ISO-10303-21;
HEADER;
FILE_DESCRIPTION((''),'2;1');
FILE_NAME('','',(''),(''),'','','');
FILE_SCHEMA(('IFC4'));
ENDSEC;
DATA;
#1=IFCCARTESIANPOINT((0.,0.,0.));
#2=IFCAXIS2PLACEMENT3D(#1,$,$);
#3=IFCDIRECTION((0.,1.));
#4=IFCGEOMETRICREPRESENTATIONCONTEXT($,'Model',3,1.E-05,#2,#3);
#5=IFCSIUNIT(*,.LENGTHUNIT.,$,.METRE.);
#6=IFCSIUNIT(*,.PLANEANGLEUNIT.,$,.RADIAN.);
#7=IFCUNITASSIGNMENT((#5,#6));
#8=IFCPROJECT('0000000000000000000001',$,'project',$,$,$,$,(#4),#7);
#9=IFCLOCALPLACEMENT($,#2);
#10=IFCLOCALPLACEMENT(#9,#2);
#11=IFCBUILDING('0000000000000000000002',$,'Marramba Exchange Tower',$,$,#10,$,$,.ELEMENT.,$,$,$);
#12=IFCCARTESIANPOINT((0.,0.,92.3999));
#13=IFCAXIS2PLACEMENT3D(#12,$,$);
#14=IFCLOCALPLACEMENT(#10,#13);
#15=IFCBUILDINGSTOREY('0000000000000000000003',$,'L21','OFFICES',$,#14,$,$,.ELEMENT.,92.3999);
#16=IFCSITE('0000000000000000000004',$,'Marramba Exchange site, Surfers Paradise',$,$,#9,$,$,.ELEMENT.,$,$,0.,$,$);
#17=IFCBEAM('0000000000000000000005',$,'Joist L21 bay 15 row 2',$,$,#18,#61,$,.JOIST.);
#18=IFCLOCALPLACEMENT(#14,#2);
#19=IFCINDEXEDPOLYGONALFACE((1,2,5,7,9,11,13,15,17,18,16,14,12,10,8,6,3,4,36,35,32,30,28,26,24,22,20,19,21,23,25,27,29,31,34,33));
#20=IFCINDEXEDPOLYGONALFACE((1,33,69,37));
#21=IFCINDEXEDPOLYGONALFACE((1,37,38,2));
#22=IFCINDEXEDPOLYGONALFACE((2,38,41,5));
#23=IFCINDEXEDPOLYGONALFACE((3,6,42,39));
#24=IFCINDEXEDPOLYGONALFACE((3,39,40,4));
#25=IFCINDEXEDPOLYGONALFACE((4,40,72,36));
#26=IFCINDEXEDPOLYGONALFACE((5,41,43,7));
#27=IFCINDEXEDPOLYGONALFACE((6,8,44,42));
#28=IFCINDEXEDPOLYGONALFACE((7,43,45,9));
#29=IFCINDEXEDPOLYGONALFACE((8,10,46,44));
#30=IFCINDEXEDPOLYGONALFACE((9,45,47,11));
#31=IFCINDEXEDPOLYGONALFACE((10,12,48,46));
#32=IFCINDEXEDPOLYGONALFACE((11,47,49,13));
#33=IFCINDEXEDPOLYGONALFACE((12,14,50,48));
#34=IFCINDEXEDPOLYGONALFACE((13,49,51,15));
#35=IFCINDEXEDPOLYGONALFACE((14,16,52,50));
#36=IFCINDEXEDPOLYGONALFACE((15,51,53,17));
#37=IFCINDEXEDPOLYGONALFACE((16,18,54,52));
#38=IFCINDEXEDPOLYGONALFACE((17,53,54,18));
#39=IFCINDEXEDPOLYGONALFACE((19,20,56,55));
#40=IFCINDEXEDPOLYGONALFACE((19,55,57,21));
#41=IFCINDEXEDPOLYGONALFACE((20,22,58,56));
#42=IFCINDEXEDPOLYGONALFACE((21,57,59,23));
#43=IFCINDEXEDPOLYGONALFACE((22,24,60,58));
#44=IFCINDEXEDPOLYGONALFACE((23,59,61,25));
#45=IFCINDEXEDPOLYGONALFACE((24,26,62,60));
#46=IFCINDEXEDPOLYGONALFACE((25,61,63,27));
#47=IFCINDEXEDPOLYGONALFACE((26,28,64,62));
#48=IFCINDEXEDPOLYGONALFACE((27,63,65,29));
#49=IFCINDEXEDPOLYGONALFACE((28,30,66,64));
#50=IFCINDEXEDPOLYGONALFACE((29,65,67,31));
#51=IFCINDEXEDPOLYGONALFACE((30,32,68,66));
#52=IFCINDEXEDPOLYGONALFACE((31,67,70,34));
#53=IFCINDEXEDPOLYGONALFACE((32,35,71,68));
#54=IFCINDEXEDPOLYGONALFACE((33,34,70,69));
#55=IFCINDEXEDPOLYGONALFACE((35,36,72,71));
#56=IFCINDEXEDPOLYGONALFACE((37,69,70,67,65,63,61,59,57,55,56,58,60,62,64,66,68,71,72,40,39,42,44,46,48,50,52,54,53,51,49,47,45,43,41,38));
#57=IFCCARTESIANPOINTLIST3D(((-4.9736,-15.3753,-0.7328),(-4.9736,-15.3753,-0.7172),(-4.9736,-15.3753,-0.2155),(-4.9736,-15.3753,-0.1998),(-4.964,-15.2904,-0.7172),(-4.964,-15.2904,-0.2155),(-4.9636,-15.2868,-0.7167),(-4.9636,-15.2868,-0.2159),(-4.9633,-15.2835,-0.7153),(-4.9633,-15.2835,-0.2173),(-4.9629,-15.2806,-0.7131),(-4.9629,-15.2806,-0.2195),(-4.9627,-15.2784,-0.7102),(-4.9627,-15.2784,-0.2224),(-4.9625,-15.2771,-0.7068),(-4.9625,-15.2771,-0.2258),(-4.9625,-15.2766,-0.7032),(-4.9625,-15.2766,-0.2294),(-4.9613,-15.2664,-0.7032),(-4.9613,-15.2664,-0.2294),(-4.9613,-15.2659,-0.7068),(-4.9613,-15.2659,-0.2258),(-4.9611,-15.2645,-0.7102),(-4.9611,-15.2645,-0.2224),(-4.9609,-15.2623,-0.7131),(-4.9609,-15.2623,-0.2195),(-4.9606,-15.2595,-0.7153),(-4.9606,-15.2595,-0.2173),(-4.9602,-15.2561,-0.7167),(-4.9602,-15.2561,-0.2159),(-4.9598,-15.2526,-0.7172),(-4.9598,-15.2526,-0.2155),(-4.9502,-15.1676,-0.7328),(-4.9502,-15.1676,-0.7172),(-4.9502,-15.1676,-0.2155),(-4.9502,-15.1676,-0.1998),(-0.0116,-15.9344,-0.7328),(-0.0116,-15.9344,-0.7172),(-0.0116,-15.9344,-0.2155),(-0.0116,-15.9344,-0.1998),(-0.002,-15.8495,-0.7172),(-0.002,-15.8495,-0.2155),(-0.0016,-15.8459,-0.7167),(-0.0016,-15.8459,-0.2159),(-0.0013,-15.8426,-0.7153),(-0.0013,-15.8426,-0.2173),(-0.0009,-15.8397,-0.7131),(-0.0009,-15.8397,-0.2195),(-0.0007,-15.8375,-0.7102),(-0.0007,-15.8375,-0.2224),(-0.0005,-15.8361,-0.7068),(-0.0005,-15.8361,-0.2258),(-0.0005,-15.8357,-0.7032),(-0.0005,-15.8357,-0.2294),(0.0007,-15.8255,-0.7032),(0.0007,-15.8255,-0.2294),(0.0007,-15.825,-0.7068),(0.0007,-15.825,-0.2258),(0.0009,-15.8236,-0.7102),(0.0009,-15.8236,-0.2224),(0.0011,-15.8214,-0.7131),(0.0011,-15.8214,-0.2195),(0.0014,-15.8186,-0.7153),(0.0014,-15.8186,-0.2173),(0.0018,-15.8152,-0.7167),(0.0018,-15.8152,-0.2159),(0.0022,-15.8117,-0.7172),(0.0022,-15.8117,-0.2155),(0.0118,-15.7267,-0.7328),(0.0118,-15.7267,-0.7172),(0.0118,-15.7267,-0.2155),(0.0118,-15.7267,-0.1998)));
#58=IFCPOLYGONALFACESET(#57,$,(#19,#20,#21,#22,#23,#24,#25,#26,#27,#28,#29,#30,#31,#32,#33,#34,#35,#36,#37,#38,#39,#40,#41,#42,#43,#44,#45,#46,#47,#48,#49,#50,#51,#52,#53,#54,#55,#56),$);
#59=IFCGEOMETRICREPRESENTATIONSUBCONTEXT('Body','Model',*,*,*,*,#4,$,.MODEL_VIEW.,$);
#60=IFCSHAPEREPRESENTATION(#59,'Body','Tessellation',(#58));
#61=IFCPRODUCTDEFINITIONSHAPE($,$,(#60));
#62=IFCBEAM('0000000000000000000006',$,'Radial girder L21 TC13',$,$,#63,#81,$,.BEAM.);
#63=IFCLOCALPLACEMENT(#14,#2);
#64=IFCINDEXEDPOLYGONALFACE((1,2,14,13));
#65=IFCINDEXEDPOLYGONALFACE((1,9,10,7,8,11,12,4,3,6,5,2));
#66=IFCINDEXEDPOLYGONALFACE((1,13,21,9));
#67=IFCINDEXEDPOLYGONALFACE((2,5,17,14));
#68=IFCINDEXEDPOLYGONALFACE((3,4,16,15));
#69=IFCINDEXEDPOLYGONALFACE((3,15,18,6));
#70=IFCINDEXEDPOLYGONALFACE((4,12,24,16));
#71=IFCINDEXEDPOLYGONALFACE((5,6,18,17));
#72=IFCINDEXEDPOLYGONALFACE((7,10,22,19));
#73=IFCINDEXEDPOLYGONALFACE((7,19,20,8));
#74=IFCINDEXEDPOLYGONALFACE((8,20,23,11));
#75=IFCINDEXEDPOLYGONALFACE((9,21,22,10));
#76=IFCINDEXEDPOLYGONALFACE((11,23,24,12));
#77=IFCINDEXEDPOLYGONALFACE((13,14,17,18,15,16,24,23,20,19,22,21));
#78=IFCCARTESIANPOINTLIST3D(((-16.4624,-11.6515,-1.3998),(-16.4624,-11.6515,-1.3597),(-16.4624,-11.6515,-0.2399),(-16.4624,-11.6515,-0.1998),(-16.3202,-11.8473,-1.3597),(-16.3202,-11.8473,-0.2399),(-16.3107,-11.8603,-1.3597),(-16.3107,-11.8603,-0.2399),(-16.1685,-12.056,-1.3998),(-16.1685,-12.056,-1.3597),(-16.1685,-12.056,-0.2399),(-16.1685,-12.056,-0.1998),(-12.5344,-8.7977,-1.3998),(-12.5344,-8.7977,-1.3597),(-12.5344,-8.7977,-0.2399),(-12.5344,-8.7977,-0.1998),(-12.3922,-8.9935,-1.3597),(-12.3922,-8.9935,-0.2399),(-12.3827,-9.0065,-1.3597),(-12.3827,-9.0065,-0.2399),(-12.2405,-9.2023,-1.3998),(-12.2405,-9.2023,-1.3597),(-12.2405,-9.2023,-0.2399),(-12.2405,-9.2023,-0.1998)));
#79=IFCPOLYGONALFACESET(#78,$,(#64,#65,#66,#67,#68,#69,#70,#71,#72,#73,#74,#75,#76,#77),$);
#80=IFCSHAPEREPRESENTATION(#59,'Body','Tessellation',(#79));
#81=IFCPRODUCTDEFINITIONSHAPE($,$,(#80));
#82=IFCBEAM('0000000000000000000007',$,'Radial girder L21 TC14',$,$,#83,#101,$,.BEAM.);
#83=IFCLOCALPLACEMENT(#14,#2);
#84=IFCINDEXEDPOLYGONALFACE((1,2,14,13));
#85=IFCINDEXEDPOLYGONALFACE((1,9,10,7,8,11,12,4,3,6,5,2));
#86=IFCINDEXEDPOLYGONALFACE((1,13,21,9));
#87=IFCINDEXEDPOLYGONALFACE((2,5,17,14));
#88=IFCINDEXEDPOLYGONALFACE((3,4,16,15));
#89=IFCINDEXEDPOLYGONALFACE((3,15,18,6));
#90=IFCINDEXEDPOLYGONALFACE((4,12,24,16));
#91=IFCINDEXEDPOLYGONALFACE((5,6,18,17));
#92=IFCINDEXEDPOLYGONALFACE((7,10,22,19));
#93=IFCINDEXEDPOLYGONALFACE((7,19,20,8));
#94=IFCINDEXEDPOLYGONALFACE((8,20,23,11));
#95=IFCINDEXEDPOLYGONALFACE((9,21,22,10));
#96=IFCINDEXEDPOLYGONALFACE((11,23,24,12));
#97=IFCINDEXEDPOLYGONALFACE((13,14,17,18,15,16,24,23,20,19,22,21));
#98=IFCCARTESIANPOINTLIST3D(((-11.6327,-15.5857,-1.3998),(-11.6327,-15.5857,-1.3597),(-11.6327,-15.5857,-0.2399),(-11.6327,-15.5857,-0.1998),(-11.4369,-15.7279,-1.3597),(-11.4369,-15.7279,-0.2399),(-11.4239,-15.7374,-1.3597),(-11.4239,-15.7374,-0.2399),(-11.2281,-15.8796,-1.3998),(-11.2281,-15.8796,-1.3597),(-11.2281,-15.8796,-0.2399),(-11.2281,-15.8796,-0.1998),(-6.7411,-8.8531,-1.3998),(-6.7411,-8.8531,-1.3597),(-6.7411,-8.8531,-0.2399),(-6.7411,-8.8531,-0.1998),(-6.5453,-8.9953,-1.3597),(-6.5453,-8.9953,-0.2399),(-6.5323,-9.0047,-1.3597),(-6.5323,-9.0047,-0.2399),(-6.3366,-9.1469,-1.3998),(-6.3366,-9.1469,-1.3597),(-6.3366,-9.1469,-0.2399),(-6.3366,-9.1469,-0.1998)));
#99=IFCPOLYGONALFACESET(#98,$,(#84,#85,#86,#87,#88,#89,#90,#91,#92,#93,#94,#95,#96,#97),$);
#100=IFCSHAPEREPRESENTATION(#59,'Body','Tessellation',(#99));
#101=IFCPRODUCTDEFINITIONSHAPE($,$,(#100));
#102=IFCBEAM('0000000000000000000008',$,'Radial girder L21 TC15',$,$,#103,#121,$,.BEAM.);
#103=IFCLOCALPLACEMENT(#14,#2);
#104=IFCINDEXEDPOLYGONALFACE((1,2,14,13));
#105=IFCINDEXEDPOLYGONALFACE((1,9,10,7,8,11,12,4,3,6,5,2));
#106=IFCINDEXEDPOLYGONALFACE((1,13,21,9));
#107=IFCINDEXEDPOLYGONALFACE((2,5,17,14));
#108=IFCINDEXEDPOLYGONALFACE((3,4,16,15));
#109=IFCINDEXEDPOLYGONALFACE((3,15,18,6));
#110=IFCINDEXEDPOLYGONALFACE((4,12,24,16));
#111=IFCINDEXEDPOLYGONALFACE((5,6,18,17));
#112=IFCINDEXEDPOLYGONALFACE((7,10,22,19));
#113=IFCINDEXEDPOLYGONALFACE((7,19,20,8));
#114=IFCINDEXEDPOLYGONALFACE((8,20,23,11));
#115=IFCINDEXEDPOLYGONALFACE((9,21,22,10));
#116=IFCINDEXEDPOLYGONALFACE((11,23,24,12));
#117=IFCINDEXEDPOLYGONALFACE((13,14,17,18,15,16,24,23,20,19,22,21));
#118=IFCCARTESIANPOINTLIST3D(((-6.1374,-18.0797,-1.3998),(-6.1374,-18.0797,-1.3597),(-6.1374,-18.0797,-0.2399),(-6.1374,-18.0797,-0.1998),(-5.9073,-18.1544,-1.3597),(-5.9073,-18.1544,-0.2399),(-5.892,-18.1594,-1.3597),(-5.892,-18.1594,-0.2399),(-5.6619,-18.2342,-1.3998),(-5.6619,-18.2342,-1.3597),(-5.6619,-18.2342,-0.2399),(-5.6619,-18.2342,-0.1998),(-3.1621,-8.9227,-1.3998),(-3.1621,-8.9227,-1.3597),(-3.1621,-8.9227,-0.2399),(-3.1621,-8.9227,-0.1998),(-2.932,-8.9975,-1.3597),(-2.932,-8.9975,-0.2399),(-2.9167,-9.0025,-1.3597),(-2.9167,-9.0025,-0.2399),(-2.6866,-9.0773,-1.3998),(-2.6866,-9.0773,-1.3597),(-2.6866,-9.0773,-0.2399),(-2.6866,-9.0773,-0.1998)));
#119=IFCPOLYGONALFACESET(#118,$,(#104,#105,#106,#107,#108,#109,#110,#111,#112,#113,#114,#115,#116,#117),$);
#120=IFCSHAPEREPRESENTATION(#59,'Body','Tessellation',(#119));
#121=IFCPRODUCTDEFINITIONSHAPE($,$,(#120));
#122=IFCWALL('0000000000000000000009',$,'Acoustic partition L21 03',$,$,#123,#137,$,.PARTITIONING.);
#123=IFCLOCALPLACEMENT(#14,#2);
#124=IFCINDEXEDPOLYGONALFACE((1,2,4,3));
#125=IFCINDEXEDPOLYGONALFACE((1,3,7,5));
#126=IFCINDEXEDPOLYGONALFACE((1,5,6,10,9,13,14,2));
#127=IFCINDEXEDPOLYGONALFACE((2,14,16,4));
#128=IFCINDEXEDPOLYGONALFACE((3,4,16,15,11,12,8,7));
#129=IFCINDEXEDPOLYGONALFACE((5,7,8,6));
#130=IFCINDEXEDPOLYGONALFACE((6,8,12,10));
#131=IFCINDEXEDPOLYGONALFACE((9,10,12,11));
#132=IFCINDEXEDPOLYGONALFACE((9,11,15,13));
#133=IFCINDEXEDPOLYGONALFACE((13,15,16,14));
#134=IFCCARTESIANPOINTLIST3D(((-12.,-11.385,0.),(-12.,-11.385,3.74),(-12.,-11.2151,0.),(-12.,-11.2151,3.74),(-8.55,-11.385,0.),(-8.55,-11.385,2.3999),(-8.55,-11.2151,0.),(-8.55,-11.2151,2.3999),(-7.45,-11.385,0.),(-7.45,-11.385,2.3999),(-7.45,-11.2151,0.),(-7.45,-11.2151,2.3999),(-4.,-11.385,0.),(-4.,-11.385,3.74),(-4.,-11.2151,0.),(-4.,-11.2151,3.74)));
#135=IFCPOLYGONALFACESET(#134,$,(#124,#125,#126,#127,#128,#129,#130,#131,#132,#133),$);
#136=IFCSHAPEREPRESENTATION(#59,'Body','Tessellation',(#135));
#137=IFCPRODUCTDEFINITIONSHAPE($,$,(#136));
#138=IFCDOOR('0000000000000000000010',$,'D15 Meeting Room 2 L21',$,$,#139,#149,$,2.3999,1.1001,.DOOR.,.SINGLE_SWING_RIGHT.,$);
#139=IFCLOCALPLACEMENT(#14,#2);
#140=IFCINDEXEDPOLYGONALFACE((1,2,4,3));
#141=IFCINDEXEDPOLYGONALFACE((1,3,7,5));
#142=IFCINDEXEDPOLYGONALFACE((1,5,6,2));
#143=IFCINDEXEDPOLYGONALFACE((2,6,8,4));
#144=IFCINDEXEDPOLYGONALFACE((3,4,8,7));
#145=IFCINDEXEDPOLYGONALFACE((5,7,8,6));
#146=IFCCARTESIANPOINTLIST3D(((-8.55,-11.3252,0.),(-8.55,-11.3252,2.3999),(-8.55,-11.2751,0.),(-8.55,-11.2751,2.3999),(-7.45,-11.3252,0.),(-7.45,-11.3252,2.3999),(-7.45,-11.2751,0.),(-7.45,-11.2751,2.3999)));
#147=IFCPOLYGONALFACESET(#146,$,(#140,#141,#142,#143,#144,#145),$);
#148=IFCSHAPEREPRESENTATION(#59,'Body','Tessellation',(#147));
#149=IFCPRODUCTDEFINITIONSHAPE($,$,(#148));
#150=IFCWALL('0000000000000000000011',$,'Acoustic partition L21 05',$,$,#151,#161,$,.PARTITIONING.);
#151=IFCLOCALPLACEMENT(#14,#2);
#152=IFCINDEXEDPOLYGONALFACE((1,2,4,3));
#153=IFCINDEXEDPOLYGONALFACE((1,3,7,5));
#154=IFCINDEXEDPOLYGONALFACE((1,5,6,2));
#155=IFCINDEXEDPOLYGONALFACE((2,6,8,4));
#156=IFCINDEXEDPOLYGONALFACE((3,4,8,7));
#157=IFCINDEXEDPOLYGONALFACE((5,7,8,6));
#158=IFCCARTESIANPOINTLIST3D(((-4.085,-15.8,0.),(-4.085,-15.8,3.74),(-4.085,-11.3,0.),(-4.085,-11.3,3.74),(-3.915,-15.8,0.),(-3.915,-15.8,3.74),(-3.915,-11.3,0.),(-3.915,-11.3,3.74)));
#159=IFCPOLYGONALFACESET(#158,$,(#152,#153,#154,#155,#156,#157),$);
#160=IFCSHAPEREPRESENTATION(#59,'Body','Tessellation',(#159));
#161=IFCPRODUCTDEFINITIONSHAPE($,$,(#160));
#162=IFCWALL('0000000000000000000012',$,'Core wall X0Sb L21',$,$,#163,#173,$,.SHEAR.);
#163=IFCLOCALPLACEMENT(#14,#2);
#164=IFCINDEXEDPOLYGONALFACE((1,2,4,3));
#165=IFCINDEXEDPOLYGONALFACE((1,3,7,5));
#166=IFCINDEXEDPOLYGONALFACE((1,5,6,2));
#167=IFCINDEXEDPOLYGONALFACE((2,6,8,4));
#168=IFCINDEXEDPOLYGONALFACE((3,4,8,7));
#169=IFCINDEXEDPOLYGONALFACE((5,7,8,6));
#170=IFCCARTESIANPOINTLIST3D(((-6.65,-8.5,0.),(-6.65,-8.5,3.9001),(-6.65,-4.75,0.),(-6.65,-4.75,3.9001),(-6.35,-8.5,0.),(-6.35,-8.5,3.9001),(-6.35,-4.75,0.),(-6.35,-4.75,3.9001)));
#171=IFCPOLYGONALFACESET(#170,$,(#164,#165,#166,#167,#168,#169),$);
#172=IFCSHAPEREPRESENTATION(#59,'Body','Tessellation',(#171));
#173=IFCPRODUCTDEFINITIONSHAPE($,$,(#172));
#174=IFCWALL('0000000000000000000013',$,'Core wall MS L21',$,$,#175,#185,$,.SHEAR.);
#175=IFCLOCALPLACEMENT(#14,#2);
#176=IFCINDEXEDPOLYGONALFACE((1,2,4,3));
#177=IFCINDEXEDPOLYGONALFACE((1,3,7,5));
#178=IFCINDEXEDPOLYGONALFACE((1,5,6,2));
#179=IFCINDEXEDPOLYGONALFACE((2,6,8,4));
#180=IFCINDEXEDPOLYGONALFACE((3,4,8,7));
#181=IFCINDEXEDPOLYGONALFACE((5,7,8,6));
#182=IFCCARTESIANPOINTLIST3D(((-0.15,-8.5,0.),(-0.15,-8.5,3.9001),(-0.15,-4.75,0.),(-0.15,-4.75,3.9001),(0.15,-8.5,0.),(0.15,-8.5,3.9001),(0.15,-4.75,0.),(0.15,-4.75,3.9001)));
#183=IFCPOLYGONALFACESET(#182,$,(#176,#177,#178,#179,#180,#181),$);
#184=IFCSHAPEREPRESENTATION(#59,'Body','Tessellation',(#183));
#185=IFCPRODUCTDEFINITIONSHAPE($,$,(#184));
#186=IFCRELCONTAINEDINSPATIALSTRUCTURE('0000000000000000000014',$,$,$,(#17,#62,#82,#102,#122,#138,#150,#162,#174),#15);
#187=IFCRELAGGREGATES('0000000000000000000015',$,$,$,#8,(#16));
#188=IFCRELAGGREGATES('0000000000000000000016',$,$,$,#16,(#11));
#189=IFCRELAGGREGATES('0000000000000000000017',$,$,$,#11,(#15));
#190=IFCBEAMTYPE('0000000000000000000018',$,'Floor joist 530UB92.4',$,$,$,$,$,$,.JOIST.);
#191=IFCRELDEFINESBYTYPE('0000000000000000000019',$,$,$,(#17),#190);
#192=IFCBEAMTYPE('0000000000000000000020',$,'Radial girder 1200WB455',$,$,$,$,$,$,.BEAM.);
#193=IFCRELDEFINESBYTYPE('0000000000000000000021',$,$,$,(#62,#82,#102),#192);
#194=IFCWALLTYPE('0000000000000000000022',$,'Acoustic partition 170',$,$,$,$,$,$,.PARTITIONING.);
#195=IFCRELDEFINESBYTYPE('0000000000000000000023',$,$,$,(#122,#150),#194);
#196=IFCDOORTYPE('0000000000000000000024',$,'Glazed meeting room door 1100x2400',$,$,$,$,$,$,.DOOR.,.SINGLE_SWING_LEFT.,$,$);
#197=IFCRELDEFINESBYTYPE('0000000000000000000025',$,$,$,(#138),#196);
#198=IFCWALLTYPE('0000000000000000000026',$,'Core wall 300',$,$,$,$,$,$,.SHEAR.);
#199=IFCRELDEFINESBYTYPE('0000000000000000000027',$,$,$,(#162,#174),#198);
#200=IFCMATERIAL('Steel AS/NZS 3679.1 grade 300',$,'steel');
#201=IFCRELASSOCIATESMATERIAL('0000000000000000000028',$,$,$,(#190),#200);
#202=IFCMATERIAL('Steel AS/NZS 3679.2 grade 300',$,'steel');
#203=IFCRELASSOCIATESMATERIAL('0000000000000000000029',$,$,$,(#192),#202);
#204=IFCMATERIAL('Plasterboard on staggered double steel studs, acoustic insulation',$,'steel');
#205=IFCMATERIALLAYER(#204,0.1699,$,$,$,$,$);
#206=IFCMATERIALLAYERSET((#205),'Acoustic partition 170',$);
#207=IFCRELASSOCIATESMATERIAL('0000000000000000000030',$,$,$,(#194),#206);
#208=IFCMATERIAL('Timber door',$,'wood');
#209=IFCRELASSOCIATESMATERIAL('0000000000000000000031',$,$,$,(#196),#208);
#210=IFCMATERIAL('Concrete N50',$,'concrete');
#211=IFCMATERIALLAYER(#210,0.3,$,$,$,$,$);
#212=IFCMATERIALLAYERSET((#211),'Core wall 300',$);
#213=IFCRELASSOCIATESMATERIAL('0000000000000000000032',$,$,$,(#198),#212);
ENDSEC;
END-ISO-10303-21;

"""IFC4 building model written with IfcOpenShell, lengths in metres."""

from ifc_helpers import new_model, si_unit, direction, frame, frame_2d, origin, origin_2d, place, context, subcontext, project, spatial, rectangle, i_section, extrude, material, layer, layer_set, material_profile, profile_set, type_object, element, fill, save


model = new_model("IFC4")

# Units and contexts
model_context = context("Model", 3, precision=1e-05, world=origin(), true_north=direction((0.0, 1.0)))
body_context = subcontext(model_context, "Body", "Model", "MODEL_VIEW")
ifc_project = project(units=[si_unit("LENGTHUNIT", "METRE"), si_unit("PLANEANGLEUNIT", "RADIAN")], contexts=[model_context])

# Site, building, storey
site_placement = place(None, origin())
site = spatial("IfcSite", under=ifc_project, at=site_placement, Name="Marramba Exchange site, Surfers Paradise", CompositionType="ELEMENT", RefElevation=0.0)
building_placement = place(site_placement, origin())
building = spatial("IfcBuilding", under=site, at=building_placement, Name="Marramba Exchange Tower", CompositionType="ELEMENT")
storey_placement = place(building_placement, frame((0.0, 0.0, 92.3999)))
storey = spatial("IfcBuildingStorey", under=building, at=storey_placement, Name="L21", Description="OFFICES", CompositionType="ELEMENT", Elevation=92.3999)

# Shared definitions
ifc_material_1 = material(Name="Steel AS/NZS 3679.2 grade 300", Category="steel")

# Beams
ifc_material_2 = material(Name="Steel AS/NZS 3679.1 grade 300", Category="steel")
ifc_material_profile_1 = material_profile(ifc_material_2, i_section(OverallWidth=0.209, OverallDepth=0.533, WebThickness=0.0103, FlangeThickness=0.0156, FilletRadius=0.0139, at=origin_2d()), Name="530UB92.4")
ifc_profile_set_1 = profile_set([ifc_material_profile_1], Name="Steel AS/NZS 3679.1 grade 300")
beam_type_1 = type_object("IfcBeamType", Name="Floor joist 530UB92.4", PredefinedType="JOIST", material=ifc_profile_set_1)
beam_1_placement = place(storey_placement, frame((-4.9619, -15.2715, -0.4663), z_axis=(0.993712, -0.111966, 0.0), x_axis=(0.111966, 0.993712, 0.0)))
element("IfcBeam", 1, at=beam_1_placement, inside=storey, type_object=beam_type_1, Name="Joist L21 bay 15 row 2", PredefinedType="JOIST", context=body_context, shape_type="SweptSolid", body=[
    extrude(i_section(OverallWidth=0.209, OverallDepth=0.533, WebThickness=0.0103, FlangeThickness=0.0156, FilletRadius=0.0139, at=origin_2d()), origin(), (0.0, 0.0, 1.0), 4.9934),
])
ifc_material_profile_2 = material_profile(ifc_material_1, i_section(OverallWidth=0.5, OverallDepth=1.2, WebThickness=0.0161, FlangeThickness=0.04, at=origin_2d()), Name="1200WB455")
ifc_profile_set_2 = profile_set([ifc_material_profile_2], Name="Steel AS/NZS 3679.2 grade 300")
beam_type_2 = type_object("IfcBeamType", Name="Radial girder 1200WB455", PredefinedType="BEAM", material=ifc_profile_set_2)
beam_2_placement = place(storey_placement, frame((-12.3875, -9.0, -0.7998), z_axis=(-0.809025, -0.587774, 0.0), x_axis=(0.587774, -0.809025, 0.0)))
element("IfcBeam", 2, at=beam_2_placement, inside=storey, type_object=beam_type_2, Name="Radial girder L21 TC13", PredefinedType="BEAM", context=body_context, shape_type="SweptSolid", body=[
    extrude(i_section(OverallWidth=0.5, OverallDepth=1.2, WebThickness=0.0161, FlangeThickness=0.04, at=origin_2d()), origin(), (0.0, 0.0, 1.0), 4.8552),
])
beam_3_placement = place(storey_placement, frame((-6.5388, -9.0, -0.7998), z_axis=(-0.587788, -0.809015, 0.0), x_axis=(0.809015, -0.587788, 0.0)))
element("IfcBeam", 3, at=beam_3_placement, inside=storey, type_object=beam_type_2, Name="Radial girder L21 TC14", PredefinedType="BEAM", context=body_context, shape_type="SweptSolid", body=[
    extrude(i_section(OverallWidth=0.5, OverallDepth=1.2, WebThickness=0.0161, FlangeThickness=0.04, at=origin_2d()), origin(), (0.0, 0.0, 1.0), 8.322),
])
beam_4_placement = place(storey_placement, frame((-2.9243, -9.0, -0.7998), z_axis=(-0.309022, -0.951055, 0.0), x_axis=(0.951055, -0.309022, 0.0)))
element("IfcBeam", 4, at=beam_4_placement, inside=storey, type_object=beam_type_2, Name="Radial girder L21 TC15", PredefinedType="BEAM", context=body_context, shape_type="SweptSolid", body=[
    extrude(i_section(OverallWidth=0.5, OverallDepth=1.2, WebThickness=0.0161, FlangeThickness=0.04, at=origin_2d()), origin(), (0.0, 0.0, 1.0), 9.6282),
])

# Wall, opening, door
ifc_material_3 = material(Name="Plasterboard on staggered double steel studs, acoustic insulation", Category="steel")
ifc_layer_1 = layer(ifc_material_3, 0.1699)
ifc_layer_set_1 = layer_set([ifc_layer_1], Name="Acoustic partition 170")
wall_type_1 = type_object("IfcWallType", Name="Acoustic partition 170", PredefinedType="PARTITIONING", material=ifc_layer_set_1)
wall_1_placement = place(storey_placement, frame((-12.0, -11.3, 0.0), z_axis=(0.0, 0.0, 1.0), x_axis=(1.0, 0.0, 0.0)))
wall_1 = element("IfcWall", 5, at=wall_1_placement, inside=storey, type_object=wall_type_1, Name="Acoustic partition L21 03", PredefinedType="PARTITIONING", context=body_context, shape_type="SweptSolid", body=[
    extrude(rectangle(XDim=8.0, YDim=0.1699, at=frame_2d((4.0, 0.0))), origin(), (0.0, 0.0, 1.0), 3.74),
])
opening_1_placement = place(wall_1_placement, frame((3.45, 0.0, 0.0)))
opening_1 = element("IfcOpeningElement", 6, at=opening_1_placement, cuts=wall_1, PredefinedType="OPENING", context=body_context, shape_type="SweptSolid", body=[
    extrude(rectangle(XDim=1.1001, YDim=2.3999, at=frame_2d((0.55, 1.2))), frame((0.0, 0.095, 0.0), z_axis=(0.0, -1.0, 0.0), x_axis=(1.0, 0.0, 0.0)), (0.0, 0.0, 1.0), 0.1899),
])
ifc_material_4 = material(Name="Timber door", Category="wood")
door_type_1 = type_object("IfcDoorType", Name="Glazed meeting room door 1100x2400", OperationType="SINGLE_SWING_LEFT", PredefinedType="DOOR", material=ifc_material_4)
door_1_placement = place(opening_1_placement, frame((1.1001, 0.0, 0.0), z_axis=(0.0, 0.0, 1.0), x_axis=(-1.0, 0.0, 0.0)))
door_1 = element("IfcDoor", 7, at=door_1_placement, inside=storey, type_object=door_type_1, Name="D15 Meeting Room 2 L21", OperationType="SINGLE_SWING_RIGHT", OverallHeight=2.3999, OverallWidth=1.1001, PredefinedType="DOOR", context=body_context, shape_type="SweptSolid", body=[
    extrude(rectangle(XDim=1.1001, YDim=2.3999, at=frame_2d((0.55, 1.2))), frame((0.0, 0.0251, 0.0), z_axis=(0.0, -1.0, 0.0), x_axis=(1.0, 0.0, 0.0)), (0.0, 0.0, 1.0), 0.05),
])
fill(opening_1, door_1)

# Walls
wall_2_placement = place(storey_placement, frame((-4.0, -11.3, 0.0), z_axis=(0.0, 0.0, 1.0), x_axis=(0.0, -1.0, 0.0)))
element("IfcWall", 8, at=wall_2_placement, inside=storey, type_object=wall_type_1, Name="Acoustic partition L21 05", PredefinedType="PARTITIONING", context=body_context, shape_type="SweptSolid", body=[
    extrude(rectangle(XDim=4.5, YDim=0.1699, at=frame_2d((2.25, 0.0))), origin(), (0.0, 0.0, 1.0), 3.74),
])
ifc_material_5 = material(Name="Concrete N50", Category="concrete")
ifc_layer_2 = layer(ifc_material_5, 0.3)
ifc_layer_set_2 = layer_set([ifc_layer_2], Name="Core wall 300")
wall_type_2 = type_object("IfcWallType", Name="Core wall 300", PredefinedType="SHEAR", material=ifc_layer_set_2)
for number, where, z_axis, x_axis, name in (
    (9, (-6.5, -4.75, 0.0), (0.0, 0.0, 1.0), (0.0, -1.0, 0.0), "Core wall X0Sb L21"),
    (10, (0.0, -4.75, 0.0), (0.0, 0.0, 1.0), (0.0, -1.0, 0.0), "Core wall MS L21"),
):
    element("IfcWall", number, at=place(storey_placement, frame(where, z_axis=z_axis, x_axis=x_axis)), inside=storey, type_object=wall_type_2, Name=name, PredefinedType="SHEAR", context=body_context, shape_type="SweptSolid", body=[
        extrude(rectangle(XDim=3.75, YDim=0.3, at=frame_2d((1.875, 0.0))), origin(), (0.0, 0.0, 1.0), 3.9001),
    ])

save(model, "model.ifc")
